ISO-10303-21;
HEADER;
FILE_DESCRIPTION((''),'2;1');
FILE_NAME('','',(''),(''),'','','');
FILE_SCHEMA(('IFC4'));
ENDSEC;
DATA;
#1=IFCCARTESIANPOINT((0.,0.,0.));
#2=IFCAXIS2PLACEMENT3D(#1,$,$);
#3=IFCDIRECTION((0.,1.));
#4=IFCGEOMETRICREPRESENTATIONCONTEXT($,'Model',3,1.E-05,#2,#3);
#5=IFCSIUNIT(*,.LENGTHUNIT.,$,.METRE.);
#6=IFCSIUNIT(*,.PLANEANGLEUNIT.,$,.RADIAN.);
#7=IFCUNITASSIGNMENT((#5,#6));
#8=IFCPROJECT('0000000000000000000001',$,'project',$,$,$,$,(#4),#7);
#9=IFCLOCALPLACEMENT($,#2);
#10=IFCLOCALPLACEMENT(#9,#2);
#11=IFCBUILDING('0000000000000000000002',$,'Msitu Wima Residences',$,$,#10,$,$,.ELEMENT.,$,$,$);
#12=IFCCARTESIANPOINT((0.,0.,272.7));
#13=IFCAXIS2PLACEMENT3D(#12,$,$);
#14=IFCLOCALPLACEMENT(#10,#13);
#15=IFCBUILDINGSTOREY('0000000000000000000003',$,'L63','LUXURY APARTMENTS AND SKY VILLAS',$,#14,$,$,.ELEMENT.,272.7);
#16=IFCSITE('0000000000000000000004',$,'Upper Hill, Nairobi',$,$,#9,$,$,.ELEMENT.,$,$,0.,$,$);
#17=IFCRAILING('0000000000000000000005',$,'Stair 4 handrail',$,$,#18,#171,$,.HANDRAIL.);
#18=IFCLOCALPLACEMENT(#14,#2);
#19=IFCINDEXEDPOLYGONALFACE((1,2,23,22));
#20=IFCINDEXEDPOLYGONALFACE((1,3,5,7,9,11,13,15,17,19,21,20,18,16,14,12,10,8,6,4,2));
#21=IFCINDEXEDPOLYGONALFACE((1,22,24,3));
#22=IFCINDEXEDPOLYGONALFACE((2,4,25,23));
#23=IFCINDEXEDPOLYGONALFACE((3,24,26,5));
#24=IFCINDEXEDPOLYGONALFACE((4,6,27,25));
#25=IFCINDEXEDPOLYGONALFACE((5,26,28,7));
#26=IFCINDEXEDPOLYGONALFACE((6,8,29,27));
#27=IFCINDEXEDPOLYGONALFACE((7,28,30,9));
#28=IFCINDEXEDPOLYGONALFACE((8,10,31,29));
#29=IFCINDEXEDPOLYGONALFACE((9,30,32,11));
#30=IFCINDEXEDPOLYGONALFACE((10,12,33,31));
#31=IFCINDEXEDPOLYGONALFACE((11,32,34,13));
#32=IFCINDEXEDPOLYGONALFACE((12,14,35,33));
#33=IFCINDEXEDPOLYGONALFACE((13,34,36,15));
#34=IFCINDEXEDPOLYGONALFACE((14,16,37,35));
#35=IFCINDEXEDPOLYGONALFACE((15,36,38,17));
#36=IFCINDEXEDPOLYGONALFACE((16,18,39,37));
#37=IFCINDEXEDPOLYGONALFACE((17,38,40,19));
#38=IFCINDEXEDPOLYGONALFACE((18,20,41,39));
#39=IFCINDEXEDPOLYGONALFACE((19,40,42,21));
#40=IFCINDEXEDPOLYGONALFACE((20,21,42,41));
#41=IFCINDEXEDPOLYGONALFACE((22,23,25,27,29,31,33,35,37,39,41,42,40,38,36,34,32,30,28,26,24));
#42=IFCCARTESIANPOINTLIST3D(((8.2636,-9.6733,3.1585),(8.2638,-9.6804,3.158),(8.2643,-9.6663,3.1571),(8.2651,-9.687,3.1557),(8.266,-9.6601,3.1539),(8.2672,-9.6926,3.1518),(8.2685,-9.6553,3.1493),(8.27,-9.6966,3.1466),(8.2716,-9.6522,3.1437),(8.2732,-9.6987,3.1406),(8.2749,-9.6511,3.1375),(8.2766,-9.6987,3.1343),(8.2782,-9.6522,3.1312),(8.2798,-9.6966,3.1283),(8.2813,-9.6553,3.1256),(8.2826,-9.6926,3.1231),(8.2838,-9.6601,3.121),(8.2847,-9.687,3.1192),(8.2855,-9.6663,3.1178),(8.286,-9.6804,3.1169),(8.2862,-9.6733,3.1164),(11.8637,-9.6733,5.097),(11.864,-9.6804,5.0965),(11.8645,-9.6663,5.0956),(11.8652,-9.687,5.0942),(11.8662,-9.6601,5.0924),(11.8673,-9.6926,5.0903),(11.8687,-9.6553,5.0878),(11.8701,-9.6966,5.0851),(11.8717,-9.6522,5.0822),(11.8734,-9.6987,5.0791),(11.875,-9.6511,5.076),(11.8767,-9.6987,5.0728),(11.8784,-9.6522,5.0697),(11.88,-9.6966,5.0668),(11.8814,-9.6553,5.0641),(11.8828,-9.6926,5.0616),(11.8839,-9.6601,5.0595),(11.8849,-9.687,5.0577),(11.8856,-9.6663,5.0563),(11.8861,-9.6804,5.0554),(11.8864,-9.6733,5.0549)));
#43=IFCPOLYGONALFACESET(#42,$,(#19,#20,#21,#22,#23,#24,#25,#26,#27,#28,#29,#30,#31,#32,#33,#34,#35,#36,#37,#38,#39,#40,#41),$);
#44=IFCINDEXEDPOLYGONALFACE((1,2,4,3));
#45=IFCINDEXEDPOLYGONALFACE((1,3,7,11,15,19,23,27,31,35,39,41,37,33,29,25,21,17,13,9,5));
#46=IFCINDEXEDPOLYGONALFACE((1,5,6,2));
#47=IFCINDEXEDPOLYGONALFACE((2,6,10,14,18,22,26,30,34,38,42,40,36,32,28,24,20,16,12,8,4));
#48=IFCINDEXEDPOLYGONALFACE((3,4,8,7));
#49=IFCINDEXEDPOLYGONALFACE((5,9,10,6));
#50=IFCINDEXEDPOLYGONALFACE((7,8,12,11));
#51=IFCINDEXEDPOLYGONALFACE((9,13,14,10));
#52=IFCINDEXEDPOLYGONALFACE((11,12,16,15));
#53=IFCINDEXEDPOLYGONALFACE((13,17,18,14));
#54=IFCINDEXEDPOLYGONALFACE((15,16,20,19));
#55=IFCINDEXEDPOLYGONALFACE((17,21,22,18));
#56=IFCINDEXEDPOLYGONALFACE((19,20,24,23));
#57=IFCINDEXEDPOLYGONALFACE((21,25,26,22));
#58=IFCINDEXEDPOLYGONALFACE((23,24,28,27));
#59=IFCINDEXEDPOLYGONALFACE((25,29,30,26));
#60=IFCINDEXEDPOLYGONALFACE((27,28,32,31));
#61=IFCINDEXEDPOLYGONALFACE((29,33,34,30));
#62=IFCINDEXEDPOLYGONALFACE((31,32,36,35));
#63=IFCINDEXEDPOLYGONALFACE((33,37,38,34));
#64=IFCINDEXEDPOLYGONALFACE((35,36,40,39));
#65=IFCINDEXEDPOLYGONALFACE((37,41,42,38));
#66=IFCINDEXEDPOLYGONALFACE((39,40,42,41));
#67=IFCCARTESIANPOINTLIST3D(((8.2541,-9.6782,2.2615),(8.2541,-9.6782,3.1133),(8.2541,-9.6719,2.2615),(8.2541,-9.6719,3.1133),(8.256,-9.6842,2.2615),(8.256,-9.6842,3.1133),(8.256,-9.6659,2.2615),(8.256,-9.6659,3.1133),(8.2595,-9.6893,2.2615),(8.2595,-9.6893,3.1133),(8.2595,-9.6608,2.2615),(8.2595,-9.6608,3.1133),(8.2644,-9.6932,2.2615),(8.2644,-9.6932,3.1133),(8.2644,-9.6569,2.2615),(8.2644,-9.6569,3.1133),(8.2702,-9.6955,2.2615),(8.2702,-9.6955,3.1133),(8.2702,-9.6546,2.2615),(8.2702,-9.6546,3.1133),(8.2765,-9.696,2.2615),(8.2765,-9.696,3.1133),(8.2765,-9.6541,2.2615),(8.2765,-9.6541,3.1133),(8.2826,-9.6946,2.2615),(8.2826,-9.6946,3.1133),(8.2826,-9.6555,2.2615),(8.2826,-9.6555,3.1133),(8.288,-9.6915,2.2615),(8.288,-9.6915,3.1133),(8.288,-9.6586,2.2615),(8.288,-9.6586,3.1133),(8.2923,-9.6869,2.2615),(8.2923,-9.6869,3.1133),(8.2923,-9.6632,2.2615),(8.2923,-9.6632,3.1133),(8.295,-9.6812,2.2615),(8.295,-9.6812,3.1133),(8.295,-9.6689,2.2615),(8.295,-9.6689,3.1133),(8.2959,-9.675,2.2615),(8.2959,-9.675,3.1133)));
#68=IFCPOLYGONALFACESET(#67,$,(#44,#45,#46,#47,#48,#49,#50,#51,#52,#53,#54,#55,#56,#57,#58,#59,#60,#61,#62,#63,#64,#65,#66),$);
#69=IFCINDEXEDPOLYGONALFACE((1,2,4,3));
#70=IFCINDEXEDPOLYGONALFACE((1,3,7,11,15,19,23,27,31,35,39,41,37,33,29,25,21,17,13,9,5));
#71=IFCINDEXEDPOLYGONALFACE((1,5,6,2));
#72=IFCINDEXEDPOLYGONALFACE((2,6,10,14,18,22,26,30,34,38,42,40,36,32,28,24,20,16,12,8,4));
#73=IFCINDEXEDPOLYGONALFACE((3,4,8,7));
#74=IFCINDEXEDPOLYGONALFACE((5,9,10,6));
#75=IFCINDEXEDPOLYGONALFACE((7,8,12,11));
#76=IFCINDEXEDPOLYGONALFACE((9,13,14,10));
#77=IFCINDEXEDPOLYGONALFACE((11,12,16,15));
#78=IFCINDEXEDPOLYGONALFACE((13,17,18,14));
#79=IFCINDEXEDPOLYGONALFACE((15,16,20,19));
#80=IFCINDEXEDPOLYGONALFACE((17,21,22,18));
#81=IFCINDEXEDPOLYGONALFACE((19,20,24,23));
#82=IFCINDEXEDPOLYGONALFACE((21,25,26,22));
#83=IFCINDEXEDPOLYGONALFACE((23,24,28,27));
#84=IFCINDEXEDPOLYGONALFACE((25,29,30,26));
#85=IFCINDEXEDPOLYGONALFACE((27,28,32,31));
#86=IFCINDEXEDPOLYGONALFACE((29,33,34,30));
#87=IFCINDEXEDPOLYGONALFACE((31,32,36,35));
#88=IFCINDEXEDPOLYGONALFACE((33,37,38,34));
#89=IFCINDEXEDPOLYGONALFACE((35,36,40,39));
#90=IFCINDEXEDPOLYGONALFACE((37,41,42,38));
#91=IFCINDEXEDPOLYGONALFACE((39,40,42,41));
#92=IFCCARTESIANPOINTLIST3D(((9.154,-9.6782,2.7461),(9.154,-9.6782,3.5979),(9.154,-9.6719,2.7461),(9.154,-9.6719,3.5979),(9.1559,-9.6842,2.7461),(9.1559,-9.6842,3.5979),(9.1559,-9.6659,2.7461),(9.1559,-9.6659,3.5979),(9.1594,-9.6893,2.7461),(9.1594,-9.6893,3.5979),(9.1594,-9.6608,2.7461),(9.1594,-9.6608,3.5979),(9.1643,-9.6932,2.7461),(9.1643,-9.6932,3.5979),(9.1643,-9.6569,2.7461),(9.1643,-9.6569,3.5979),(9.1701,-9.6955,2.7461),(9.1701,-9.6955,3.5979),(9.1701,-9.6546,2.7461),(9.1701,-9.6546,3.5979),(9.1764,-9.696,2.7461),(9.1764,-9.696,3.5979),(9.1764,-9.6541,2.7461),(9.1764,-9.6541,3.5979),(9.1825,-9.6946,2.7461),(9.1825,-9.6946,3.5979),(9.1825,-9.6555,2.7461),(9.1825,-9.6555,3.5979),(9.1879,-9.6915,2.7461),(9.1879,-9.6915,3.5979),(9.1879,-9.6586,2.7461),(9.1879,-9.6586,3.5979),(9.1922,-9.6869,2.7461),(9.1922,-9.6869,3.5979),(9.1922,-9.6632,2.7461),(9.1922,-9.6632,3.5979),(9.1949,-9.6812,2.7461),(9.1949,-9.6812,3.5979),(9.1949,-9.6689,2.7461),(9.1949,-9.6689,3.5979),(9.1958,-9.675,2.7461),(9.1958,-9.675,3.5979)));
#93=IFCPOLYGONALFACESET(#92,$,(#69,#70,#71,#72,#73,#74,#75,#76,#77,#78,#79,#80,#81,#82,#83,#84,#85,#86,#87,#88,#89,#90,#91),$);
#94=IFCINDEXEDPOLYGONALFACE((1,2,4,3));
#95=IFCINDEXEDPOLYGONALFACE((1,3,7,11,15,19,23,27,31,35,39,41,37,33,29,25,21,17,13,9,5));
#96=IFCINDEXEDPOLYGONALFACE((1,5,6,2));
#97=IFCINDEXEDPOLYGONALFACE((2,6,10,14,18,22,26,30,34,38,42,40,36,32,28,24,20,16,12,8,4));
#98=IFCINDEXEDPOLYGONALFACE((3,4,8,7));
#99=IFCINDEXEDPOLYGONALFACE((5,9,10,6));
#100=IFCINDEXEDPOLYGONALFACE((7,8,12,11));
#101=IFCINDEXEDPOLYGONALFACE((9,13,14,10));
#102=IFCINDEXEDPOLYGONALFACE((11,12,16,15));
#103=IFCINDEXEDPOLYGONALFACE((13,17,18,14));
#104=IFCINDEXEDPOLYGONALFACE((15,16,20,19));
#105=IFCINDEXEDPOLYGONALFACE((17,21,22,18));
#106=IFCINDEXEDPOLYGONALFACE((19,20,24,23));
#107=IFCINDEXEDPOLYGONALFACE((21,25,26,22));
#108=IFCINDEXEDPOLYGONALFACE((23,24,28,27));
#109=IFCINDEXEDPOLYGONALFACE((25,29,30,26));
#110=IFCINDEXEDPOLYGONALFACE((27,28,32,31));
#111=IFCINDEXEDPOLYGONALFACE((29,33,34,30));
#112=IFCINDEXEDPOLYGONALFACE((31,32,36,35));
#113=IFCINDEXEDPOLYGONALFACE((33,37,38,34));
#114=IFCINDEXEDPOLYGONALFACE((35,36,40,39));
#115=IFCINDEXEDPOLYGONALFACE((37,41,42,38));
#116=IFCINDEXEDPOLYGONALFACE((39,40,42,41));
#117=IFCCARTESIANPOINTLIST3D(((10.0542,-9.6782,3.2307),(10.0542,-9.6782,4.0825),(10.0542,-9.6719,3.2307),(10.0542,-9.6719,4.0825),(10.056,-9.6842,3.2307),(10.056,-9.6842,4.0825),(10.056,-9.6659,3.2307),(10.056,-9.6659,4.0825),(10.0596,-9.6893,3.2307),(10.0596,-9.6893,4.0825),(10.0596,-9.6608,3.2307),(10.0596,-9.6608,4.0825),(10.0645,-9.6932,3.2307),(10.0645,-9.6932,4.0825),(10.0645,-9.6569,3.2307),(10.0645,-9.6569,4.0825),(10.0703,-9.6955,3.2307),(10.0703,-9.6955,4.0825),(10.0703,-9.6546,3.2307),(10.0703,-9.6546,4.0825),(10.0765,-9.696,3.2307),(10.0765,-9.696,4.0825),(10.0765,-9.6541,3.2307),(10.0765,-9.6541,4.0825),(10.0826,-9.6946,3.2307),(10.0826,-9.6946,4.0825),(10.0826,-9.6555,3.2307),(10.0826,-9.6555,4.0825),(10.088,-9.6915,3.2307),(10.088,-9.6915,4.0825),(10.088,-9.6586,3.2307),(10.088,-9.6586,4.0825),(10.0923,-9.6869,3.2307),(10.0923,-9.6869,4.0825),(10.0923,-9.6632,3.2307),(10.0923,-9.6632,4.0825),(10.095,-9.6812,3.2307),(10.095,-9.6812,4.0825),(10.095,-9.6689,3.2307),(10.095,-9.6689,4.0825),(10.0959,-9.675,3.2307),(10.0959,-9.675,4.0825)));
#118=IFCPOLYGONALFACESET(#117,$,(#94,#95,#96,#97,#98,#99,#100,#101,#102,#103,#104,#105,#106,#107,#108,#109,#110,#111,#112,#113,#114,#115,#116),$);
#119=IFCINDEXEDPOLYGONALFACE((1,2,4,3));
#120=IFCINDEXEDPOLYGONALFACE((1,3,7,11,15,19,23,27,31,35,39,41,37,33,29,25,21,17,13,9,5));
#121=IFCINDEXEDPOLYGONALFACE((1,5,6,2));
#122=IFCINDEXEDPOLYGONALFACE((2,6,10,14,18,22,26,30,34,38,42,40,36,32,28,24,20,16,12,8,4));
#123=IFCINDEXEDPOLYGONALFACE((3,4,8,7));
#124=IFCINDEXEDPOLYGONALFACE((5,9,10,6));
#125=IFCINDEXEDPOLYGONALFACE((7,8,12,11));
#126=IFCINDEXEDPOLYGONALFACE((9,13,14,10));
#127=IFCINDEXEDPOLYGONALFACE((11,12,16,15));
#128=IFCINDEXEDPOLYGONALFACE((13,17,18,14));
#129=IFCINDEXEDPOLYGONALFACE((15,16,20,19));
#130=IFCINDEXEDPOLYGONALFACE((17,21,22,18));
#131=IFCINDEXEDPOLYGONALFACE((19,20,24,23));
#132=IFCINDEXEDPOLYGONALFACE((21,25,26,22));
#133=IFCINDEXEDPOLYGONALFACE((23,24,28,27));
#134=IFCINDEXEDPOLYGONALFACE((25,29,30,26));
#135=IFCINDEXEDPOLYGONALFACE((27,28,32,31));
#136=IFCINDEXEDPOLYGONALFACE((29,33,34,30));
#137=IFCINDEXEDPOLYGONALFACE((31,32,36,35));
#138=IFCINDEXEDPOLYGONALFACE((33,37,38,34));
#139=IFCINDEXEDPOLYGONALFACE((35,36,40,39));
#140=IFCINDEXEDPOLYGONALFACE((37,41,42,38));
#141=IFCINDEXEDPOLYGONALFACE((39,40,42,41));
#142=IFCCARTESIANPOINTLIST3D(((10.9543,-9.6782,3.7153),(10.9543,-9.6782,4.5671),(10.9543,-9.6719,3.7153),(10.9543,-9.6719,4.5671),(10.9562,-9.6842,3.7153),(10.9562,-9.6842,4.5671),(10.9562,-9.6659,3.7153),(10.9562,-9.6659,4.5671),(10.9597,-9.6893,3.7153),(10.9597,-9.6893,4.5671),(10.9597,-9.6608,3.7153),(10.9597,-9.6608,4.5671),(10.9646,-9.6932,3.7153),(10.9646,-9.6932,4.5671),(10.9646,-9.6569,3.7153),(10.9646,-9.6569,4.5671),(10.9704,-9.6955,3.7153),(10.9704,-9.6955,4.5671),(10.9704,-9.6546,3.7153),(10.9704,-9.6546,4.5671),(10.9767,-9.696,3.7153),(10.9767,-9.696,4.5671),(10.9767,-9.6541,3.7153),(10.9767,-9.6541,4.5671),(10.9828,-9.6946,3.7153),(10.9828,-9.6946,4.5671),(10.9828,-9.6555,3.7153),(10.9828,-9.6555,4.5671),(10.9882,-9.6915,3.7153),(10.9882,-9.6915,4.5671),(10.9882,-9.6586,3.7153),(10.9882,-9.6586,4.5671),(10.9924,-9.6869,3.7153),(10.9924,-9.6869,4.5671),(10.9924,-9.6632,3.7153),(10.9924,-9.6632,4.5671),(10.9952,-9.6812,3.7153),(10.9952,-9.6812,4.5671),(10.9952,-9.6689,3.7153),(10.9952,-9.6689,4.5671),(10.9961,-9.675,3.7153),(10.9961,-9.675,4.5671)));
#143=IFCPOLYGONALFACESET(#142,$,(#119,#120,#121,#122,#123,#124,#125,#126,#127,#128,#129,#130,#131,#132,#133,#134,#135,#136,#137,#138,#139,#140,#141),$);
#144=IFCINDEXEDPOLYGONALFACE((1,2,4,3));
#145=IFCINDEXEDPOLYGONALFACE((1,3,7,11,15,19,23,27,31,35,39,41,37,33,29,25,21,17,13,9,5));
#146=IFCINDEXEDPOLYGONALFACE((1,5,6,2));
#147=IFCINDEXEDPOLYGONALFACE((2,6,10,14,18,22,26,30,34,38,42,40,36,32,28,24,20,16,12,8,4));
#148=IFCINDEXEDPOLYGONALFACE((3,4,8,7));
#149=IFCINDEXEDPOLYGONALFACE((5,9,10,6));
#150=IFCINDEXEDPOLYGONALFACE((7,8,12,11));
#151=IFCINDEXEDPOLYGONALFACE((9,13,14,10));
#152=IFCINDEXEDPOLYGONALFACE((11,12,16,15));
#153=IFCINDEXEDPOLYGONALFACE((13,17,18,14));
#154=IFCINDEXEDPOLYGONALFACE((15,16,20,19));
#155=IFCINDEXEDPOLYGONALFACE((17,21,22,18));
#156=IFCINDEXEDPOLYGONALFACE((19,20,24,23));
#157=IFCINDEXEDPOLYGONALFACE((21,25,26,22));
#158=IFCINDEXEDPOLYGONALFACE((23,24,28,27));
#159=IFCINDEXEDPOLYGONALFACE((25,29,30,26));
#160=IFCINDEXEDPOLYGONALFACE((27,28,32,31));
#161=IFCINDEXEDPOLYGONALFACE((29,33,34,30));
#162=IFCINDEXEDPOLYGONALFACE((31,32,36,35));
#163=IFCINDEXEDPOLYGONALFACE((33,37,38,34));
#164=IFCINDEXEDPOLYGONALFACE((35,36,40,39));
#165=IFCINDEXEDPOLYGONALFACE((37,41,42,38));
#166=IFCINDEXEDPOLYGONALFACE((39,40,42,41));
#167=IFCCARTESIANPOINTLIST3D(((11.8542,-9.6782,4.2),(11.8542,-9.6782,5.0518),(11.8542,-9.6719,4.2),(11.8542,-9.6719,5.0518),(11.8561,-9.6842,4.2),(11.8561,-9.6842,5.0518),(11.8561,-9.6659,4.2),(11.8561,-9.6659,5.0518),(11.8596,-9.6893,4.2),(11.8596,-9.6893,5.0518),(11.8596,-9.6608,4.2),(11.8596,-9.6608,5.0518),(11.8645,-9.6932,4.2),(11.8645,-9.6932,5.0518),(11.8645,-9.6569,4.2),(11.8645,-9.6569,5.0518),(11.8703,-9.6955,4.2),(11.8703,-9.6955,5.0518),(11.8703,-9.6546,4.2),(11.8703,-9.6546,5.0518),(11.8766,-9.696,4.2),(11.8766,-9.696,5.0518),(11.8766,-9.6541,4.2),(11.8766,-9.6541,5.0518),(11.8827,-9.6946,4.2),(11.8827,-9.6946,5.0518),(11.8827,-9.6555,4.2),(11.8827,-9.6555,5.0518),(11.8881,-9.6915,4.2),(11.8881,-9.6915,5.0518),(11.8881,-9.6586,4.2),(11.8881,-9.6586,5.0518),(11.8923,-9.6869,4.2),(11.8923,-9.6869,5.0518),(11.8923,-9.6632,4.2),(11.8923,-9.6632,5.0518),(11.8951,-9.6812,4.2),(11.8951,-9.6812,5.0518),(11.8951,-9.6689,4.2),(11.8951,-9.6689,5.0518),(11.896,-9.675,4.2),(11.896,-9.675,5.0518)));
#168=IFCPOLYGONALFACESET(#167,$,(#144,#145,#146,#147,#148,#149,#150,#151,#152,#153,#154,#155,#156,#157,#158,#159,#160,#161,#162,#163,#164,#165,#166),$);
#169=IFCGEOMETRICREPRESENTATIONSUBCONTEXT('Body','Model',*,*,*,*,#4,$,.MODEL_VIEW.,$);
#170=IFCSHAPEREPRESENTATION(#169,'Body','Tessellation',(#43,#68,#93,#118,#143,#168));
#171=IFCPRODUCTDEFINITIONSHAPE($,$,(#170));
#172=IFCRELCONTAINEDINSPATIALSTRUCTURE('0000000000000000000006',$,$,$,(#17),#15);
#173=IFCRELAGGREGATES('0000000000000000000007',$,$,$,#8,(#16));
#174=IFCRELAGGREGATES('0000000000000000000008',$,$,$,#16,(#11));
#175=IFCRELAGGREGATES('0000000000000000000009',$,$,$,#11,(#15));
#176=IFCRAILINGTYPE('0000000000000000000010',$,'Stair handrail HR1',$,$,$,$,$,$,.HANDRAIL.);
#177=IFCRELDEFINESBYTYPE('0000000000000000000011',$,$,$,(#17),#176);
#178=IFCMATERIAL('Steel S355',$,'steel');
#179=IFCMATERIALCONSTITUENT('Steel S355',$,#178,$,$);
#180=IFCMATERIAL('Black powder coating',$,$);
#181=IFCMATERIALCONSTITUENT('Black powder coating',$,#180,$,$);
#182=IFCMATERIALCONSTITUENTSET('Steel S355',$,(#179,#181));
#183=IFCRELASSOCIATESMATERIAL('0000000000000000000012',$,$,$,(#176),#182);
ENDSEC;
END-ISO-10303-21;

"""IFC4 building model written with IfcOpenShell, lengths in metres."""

from ifc_helpers import new_model, si_unit, direction, frame, origin, origin_2d, place, context, subcontext, project, spatial, circle, extrude, material, constituent, constituent_set, type_object, element, save


model = new_model("IFC4")

# Units and contexts
model_context = context("Model", 3, precision=1e-05, world=origin(), true_north=direction((0.0, 1.0)))
body_context = subcontext(model_context, "Body", "Model", "MODEL_VIEW")
ifc_project = project(units=[si_unit("LENGTHUNIT", "METRE"), si_unit("PLANEANGLEUNIT", "RADIAN")], contexts=[model_context])

# Site, building, storey
site_placement = place(None, origin())
site = spatial("IfcSite", under=ifc_project, at=site_placement, Name="Upper Hill, Nairobi", CompositionType="ELEMENT", RefElevation=0.0)
building_placement = place(site_placement, origin())
building = spatial("IfcBuilding", under=site, at=building_placement, Name="Msitu Wima Residences", CompositionType="ELEMENT")
storey_placement = place(building_placement, frame((0.0, 0.0, 272.7)))
storey = spatial("IfcBuildingStorey", under=building, at=storey_placement, Name="L63", Description="LUXURY APARTMENTS AND SKY VILLAS", CompositionType="ELEMENT", Elevation=272.7)

# Railing
ifc_material_1 = material(Name="Steel S355", Category="steel")
ifc_constituent_1 = constituent(ifc_material_1, Name="Steel S355")
ifc_material_2 = material(Name="Black powder coating")
ifc_constituent_2 = constituent(ifc_material_2, Name="Black powder coating")
ifc_constituent_set = constituent_set(constituents=[ifc_constituent_1, ifc_constituent_2], Name="Steel S355")
railing_type = type_object("IfcRailingType", Name="Stair handrail HR1", PredefinedType="HANDRAIL", material=ifc_constituent_set)
for number, where, name in (
    (1, (8.2749, -9.675, 2.2615), "Stair 4 handrail"),
):
    element("IfcRailing", number, at=place(storey_placement, frame(where)), inside=storey, type_object=railing_type, Name=name, PredefinedType="HANDRAIL", context=body_context, shape_type="SweptSolid", body=[
        extrude(circle(Radius=0.0239, at=origin_2d()), frame((0.0, 0.0, 0.876), z_axis=(0.880475, 0.0, 0.474093), x_axis=(0.0, 1.0, 0.0)), (0.0, 0.0, 1.0), 4.0889),
        extrude(circle(Radius=0.021, at=origin_2d()), origin(), (0.0, 0.0, 1.0), 0.8518),
        extrude(circle(Radius=0.021, at=origin_2d()), frame((0.8999, 0.0, 0.4846)), (0.0, 0.0, 1.0), 0.8518),
        extrude(circle(Radius=0.021, at=origin_2d()), frame((1.8, 0.0, 0.9692)), (0.0, 0.0, 1.0), 0.8518),
        extrude(circle(Radius=0.021, at=origin_2d()), frame((2.7002, 0.0, 1.4539)), (0.0, 0.0, 1.0), 0.8518),
        extrude(circle(Radius=0.021, at=origin_2d()), frame((3.6001, 0.0, 1.9385)), (0.0, 0.0, 1.0), 0.8518),
    ])

save(model, "model.ifc")
